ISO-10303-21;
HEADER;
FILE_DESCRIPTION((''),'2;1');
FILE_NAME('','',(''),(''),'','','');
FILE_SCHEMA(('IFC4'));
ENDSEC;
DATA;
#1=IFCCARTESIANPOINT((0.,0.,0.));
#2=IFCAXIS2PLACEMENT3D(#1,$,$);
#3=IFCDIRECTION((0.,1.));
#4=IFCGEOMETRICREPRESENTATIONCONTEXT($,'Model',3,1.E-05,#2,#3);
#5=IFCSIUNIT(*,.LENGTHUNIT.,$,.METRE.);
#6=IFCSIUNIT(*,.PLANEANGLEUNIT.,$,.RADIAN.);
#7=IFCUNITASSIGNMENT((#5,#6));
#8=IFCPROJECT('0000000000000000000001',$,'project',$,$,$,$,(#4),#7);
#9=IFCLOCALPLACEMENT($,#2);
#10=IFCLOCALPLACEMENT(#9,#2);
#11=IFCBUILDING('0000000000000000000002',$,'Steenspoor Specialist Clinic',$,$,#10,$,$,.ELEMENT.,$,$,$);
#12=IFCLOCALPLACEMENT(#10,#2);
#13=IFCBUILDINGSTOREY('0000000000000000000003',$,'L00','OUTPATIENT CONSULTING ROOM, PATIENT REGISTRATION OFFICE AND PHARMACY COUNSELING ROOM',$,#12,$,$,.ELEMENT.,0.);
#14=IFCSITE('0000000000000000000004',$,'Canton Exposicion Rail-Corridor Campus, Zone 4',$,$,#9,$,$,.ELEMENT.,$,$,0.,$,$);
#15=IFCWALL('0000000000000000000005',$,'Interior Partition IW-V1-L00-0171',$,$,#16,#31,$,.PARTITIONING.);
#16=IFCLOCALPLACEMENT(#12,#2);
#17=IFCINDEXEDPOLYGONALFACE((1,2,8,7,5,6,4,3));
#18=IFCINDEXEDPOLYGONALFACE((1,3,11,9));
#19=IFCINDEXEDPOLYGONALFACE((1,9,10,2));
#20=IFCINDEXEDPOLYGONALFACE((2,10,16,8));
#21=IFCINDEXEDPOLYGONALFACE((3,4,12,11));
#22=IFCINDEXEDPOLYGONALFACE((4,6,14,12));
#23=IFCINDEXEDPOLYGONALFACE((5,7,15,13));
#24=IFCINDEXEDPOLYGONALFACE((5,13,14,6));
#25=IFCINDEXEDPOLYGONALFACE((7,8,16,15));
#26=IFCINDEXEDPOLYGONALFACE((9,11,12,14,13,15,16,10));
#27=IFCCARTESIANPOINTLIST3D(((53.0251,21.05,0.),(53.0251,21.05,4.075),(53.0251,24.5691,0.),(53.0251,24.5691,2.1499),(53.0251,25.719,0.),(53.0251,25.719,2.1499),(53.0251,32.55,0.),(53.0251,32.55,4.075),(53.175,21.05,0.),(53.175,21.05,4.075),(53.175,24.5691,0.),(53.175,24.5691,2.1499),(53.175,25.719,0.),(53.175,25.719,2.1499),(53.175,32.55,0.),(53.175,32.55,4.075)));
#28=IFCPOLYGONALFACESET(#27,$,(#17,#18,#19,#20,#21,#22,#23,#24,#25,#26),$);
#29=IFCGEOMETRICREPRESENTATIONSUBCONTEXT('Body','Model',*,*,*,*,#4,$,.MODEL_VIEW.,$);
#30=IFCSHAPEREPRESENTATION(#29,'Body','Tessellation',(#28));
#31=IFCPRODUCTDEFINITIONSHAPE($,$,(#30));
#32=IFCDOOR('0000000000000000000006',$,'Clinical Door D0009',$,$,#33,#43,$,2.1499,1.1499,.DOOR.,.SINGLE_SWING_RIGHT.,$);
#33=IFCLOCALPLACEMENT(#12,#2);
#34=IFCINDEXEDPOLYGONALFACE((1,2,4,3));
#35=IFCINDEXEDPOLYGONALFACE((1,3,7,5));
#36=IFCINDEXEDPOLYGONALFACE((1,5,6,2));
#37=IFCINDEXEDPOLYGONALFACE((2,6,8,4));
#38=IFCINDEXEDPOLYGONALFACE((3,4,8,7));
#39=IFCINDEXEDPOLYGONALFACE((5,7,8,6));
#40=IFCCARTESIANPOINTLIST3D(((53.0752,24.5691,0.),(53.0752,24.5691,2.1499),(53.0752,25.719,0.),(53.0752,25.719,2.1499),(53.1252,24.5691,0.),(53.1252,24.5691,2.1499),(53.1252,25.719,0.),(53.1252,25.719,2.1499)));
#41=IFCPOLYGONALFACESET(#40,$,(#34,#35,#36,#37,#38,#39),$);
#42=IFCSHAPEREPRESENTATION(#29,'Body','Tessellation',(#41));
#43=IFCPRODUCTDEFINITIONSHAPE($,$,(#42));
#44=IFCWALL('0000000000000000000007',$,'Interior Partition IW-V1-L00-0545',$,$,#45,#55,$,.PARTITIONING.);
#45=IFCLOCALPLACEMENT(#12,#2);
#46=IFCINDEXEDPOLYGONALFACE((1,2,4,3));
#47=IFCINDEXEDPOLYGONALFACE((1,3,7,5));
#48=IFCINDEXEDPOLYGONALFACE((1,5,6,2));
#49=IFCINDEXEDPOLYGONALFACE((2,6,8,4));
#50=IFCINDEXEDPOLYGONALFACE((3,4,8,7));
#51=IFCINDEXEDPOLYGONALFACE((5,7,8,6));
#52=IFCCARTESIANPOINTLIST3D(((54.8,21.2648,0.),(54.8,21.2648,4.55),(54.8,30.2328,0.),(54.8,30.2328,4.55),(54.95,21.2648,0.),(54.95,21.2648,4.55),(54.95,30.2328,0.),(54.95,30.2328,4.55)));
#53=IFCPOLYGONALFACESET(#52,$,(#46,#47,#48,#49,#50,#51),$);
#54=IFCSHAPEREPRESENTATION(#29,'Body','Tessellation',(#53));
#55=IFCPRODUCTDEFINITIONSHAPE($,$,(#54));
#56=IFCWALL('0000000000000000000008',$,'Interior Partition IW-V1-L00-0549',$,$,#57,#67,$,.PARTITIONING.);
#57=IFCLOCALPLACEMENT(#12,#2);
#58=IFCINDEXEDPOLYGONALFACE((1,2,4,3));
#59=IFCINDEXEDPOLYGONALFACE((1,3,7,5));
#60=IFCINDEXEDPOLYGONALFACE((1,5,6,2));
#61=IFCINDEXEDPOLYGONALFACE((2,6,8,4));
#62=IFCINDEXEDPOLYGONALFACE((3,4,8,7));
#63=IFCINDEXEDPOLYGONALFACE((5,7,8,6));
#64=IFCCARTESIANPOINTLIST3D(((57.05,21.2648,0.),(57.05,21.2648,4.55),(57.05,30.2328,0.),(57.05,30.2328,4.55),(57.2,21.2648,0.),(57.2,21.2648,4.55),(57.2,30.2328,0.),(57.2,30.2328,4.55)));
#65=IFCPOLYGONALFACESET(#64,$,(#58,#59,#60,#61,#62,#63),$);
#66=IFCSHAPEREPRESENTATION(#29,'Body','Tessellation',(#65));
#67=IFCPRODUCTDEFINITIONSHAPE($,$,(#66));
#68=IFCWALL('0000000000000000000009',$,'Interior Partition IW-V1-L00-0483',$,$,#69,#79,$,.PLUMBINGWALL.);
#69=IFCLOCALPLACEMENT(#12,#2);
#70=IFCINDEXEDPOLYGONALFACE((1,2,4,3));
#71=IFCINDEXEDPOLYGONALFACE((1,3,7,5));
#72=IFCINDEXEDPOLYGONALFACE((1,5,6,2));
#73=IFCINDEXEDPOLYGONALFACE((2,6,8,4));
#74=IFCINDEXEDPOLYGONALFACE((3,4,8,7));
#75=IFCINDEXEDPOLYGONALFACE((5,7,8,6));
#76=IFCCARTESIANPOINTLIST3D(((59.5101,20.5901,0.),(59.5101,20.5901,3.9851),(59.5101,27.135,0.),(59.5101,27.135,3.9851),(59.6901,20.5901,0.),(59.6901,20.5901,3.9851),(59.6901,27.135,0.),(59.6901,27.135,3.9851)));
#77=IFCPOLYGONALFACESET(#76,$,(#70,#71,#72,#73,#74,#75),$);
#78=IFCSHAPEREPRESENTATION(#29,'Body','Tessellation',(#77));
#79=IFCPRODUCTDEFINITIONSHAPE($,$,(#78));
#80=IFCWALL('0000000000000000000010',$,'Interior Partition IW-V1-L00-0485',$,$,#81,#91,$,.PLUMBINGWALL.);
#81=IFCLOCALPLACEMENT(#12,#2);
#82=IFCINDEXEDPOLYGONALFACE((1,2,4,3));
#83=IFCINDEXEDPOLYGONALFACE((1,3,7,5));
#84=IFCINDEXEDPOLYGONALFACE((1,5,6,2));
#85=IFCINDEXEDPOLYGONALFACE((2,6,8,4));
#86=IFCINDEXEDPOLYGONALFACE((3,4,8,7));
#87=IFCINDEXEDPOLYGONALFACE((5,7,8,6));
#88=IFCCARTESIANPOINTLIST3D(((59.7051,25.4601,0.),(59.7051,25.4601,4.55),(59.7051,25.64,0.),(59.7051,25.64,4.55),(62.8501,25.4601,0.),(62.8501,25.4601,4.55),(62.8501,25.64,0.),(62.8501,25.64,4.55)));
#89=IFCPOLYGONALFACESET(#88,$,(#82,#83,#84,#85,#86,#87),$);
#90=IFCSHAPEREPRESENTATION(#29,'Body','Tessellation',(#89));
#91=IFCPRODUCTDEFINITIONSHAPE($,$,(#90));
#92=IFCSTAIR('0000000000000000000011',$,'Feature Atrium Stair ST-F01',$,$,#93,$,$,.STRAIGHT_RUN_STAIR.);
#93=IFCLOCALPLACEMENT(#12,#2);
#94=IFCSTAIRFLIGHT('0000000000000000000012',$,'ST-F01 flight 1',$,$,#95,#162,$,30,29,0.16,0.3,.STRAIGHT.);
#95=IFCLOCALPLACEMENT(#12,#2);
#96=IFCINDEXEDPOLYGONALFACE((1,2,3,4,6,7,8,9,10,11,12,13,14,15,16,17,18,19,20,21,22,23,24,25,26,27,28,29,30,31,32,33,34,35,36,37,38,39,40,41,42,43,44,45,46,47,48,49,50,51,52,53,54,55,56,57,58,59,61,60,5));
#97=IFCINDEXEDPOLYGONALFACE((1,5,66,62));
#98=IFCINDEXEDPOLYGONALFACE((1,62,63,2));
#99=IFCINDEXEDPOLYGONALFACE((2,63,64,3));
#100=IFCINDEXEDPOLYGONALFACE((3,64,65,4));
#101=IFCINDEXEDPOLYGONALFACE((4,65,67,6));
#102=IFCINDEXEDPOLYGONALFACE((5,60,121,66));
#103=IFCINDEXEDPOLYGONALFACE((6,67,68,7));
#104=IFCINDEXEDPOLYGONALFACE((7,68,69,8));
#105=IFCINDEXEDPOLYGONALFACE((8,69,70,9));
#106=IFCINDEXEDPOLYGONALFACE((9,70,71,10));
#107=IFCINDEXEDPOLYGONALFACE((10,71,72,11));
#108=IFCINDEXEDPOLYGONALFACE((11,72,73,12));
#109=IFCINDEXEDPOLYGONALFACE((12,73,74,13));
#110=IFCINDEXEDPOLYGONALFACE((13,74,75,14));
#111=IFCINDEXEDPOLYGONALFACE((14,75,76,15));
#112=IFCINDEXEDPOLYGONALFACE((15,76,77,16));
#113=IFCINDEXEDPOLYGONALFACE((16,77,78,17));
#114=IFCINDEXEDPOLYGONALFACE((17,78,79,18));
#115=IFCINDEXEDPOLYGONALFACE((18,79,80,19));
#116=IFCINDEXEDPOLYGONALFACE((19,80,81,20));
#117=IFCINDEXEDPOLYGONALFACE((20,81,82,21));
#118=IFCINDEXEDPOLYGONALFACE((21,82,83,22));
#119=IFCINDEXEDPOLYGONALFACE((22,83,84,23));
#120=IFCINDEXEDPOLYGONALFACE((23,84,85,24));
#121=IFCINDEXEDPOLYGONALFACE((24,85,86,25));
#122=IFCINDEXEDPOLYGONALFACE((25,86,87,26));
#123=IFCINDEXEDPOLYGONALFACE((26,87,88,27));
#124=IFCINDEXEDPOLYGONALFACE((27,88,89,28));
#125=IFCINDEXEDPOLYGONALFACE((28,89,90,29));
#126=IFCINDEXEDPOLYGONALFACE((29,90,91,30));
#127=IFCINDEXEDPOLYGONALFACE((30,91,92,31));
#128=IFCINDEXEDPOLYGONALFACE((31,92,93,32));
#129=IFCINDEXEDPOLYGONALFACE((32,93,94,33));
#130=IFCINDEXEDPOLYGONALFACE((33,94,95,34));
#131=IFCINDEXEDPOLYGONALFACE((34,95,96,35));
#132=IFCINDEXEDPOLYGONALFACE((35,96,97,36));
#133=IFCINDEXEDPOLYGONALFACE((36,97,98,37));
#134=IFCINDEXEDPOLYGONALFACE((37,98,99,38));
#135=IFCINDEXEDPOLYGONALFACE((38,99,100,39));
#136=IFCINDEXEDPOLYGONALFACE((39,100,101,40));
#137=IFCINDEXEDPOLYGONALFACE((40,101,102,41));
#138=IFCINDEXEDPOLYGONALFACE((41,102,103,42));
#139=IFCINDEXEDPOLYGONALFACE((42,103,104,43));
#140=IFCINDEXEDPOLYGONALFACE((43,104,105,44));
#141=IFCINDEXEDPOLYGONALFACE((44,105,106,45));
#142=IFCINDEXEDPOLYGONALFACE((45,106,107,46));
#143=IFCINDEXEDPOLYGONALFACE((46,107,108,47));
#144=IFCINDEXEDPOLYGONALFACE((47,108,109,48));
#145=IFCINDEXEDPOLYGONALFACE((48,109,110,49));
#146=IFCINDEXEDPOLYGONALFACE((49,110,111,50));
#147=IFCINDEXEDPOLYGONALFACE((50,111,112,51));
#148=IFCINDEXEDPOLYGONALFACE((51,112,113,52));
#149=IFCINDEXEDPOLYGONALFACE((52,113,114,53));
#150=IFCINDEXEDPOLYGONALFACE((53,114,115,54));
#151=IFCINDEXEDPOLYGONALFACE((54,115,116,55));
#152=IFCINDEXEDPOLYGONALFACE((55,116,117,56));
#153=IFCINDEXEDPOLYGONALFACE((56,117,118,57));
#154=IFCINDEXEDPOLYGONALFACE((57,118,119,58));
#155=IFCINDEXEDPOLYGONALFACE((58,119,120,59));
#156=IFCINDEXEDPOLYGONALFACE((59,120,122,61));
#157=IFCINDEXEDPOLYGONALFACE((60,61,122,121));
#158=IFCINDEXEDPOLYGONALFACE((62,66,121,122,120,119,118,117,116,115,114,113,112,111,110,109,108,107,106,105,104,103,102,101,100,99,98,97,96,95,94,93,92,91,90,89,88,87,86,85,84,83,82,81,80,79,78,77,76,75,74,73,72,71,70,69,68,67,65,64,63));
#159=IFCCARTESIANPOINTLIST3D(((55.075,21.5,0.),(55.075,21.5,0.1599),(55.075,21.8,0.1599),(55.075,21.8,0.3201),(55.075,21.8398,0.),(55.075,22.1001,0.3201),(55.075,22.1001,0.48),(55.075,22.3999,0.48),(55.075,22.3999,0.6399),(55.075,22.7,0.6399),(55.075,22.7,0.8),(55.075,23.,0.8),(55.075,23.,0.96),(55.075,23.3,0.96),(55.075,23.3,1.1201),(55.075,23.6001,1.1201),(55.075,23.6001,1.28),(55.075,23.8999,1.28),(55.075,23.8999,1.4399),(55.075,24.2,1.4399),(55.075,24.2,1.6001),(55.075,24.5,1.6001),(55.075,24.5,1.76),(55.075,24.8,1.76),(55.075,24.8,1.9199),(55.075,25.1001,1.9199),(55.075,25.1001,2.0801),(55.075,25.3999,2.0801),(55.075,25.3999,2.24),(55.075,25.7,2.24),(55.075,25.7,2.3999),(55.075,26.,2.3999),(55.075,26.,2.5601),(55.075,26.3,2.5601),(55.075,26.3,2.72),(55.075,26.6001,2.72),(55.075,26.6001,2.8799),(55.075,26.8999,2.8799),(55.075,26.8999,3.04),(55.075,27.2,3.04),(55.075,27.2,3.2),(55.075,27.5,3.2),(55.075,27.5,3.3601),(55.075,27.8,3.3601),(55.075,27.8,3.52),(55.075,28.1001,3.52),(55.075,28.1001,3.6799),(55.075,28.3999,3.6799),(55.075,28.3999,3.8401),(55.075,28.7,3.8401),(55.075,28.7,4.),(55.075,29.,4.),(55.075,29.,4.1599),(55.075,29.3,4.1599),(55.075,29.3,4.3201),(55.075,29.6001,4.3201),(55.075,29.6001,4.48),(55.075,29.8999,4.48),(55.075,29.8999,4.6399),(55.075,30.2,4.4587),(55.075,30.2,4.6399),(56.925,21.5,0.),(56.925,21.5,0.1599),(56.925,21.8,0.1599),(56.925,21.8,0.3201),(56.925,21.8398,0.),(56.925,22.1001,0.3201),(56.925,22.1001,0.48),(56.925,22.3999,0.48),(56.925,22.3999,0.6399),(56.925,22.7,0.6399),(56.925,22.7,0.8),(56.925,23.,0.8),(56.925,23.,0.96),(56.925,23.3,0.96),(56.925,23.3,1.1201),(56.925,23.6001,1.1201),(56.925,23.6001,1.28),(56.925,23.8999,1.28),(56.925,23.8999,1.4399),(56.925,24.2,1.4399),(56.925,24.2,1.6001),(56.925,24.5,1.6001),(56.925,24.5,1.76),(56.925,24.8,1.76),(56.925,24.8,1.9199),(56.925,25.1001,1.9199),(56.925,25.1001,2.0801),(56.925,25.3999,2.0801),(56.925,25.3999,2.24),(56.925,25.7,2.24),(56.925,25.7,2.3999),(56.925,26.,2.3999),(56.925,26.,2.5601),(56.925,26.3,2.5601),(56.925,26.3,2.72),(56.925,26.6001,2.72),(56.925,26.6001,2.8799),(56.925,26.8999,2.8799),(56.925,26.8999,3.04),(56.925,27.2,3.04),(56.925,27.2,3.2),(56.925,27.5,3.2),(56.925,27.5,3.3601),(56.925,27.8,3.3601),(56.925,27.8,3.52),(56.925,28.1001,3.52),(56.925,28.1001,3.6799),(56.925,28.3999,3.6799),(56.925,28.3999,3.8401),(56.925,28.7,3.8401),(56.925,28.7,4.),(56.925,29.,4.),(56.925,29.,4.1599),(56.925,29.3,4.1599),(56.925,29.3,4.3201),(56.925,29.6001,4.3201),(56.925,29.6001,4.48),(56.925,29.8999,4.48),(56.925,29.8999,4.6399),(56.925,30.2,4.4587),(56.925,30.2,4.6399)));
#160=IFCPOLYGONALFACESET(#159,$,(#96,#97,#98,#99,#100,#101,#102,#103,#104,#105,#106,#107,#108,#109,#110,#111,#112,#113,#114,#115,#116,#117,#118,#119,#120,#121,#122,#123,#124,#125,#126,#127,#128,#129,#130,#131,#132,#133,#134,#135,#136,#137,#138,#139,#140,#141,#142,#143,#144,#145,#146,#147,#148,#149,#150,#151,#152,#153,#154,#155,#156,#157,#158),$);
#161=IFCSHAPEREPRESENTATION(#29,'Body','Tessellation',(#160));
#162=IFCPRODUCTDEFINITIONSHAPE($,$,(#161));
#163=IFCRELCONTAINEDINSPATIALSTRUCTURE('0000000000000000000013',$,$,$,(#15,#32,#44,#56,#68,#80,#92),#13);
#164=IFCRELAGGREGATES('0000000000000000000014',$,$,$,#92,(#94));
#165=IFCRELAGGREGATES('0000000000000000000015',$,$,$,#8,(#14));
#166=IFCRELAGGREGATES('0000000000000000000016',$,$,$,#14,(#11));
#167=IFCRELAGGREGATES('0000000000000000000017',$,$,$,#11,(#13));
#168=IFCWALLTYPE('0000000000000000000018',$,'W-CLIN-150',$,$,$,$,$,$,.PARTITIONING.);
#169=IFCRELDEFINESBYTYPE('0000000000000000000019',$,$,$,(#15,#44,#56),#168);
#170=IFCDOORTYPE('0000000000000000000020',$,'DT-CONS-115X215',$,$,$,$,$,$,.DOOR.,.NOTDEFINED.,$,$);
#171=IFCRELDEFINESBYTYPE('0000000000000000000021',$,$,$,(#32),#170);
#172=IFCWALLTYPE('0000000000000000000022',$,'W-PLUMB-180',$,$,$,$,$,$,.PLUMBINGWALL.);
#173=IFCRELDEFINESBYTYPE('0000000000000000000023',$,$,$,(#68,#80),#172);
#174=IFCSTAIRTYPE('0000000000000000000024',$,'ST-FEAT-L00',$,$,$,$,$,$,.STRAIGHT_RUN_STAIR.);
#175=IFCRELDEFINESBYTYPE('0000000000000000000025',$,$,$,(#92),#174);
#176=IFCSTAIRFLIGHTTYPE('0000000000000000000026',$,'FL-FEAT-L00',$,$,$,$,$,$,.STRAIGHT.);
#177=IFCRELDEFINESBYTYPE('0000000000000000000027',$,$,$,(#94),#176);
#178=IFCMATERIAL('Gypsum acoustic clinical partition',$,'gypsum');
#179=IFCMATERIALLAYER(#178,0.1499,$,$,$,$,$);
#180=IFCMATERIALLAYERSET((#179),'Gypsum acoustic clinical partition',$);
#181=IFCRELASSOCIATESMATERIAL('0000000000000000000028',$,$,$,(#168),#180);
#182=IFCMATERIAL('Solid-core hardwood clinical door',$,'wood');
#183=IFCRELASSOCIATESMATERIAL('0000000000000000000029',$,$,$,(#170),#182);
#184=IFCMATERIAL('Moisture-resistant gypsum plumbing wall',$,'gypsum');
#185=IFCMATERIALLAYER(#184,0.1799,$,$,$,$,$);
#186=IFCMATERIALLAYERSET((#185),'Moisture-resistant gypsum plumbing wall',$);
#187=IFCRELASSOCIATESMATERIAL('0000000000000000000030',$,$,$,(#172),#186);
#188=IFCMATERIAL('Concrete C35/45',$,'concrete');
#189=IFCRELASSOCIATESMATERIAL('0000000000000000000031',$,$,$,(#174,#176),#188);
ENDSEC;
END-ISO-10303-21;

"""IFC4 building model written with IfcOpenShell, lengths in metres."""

from ifc_helpers import new_model, si_unit, direction, frame, frame_2d, origin, place, context, subcontext, project, spatial, polyline, rectangle, outline, extrude, material, layer, layer_set, type_object, element, fill, aggregate, save


model = new_model("IFC4")

# Units and contexts
model_context = context("Model", 3, precision=1e-05, world=origin(), true_north=direction((0.0, 1.0)))
body_context = subcontext(model_context, "Body", "Model", "MODEL_VIEW")
ifc_project = project(units=[si_unit("LENGTHUNIT", "METRE"), si_unit("PLANEANGLEUNIT", "RADIAN")], contexts=[model_context])

# Site, building, storey
site_placement = place(None, origin())
site = spatial("IfcSite", under=ifc_project, at=site_placement, Name="Canton Exposicion Rail-Corridor Campus, Zone 4", CompositionType="ELEMENT", RefElevation=0.0)
building_placement = place(site_placement, origin())
building = spatial("IfcBuilding", under=site, at=building_placement, Name="Steenspoor Specialist Clinic", CompositionType="ELEMENT")
storey_placement = place(building_placement, origin())
storey = spatial("IfcBuildingStorey", under=building, at=storey_placement, Name="L00", Description="OUTPATIENT CONSULTING ROOM, PATIENT REGISTRATION OFFICE AND PHARMACY COUNSELING ROOM", CompositionType="ELEMENT", Elevation=0.0)

# Shared definitions
ifc_material_1 = material(Name="Concrete C35/45", Category="concrete")

# Shared definitions
ifc_material_2 = material(Name="Gypsum acoustic clinical partition", Category="gypsum")
ifc_layer_1 = layer(ifc_material_2, 0.1499)
ifc_layer_set_1 = layer_set([ifc_layer_1], Name="Gypsum acoustic clinical partition")
wall_type_1 = type_object("IfcWallType", Name="W-CLIN-150", PredefinedType="PARTITIONING", material=ifc_layer_set_1)

# Wall, opening, door
wall_1_placement = place(storey_placement, frame((53.1001, 21.05, 0.0), z_axis=(0.0, 0.0, 1.0), x_axis=(0.0, 1.0, 0.0)))
wall_1 = element("IfcWall", 1, at=wall_1_placement, inside=storey, type_object=wall_type_1, Name="Interior Partition IW-V1-L00-0171", PredefinedType="PARTITIONING", context=body_context, shape_type="SweptSolid", body=[
    extrude(rectangle(XDim=11.5, YDim=0.1499, at=frame_2d((5.75, 0.0))), origin(), (0.0, 0.0, 1.0), 4.075),
])
opening_1_placement = place(wall_1_placement, frame((3.519, 0.0, 0.0)))
opening_1 = element("IfcOpeningElement", 2, at=opening_1_placement, cuts=wall_1, PredefinedType="OPENING", context=body_context, shape_type="SweptSolid", body=[
    extrude(rectangle(XDim=1.1499, YDim=2.1499, at=frame_2d((0.575, 1.075))), frame((0.0, 0.085, 0.0), z_axis=(0.0, -1.0, 0.0), x_axis=(1.0, 0.0, 0.0)), (0.0, 0.0, 1.0), 0.1699),
])
ifc_material_3 = material(Name="Solid-core hardwood clinical door", Category="wood")
door_type_1 = type_object("IfcDoorType", Name="DT-CONS-115X215", OperationType="NOTDEFINED", PredefinedType="DOOR", material=ifc_material_3)
door_1_placement = place(opening_1_placement, origin())
door_1 = element("IfcDoor", 3, at=door_1_placement, inside=storey, type_object=door_type_1, Name="Clinical Door D0009", OperationType="SINGLE_SWING_RIGHT", OverallHeight=2.1499, OverallWidth=1.1499, PredefinedType="DOOR", context=body_context, shape_type="SweptSolid", body=[
    extrude(rectangle(XDim=1.1499, YDim=2.1499, at=frame_2d((0.575, 1.075))), frame((0.0, 0.0249, 0.0), z_axis=(0.0, -1.0, 0.0), x_axis=(1.0, 0.0, 0.0)), (0.0, 0.0, 1.0), 0.05),
])
fill(opening_1, door_1)

# Walls
for number, where, z_axis, x_axis, name in (
    (4, (54.875, 21.2649, 0.0), (0.0, 0.0, 1.0), (0.0, 1.0, 0.0), "Interior Partition IW-V1-L00-0545"),
    (5, (57.125, 21.2649, 0.0), (0.0, 0.0, 1.0), (0.0, 1.0, 0.0), "Interior Partition IW-V1-L00-0549"),
):
    element("IfcWall", number, at=place(storey_placement, frame(where, z_axis=z_axis, x_axis=x_axis)), inside=storey, type_object=wall_type_1, Name=name, PredefinedType="PARTITIONING", context=body_context, shape_type="SweptSolid", body=[
        extrude(rectangle(XDim=8.968, YDim=0.1499, at=frame_2d((4.4839, 0.0))), origin(), (0.0, 0.0, 1.0), 4.55),
    ])
ifc_material_4 = material(Name="Moisture-resistant gypsum plumbing wall", Category="gypsum")
ifc_layer_2 = layer(ifc_material_4, 0.1799)
ifc_layer_set_2 = layer_set([ifc_layer_2], Name="Moisture-resistant gypsum plumbing wall")
wall_type_2 = type_object("IfcWallType", Name="W-PLUMB-180", PredefinedType="PLUMBINGWALL", material=ifc_layer_set_2)
wall_2_placement = place(storey_placement, frame((59.6001, 20.5901, 0.0), z_axis=(0.0, 0.0, 1.0), x_axis=(0.0, 1.0, 0.0)))
element("IfcWall", 6, at=wall_2_placement, inside=storey, type_object=wall_type_2, Name="Interior Partition IW-V1-L00-0483", PredefinedType="PLUMBINGWALL", context=body_context, shape_type="SweptSolid", body=[
    extrude(rectangle(XDim=6.5449, YDim=0.1799, at=frame_2d((3.2725, 0.0))), origin(), (0.0, 0.0, 1.0), 3.9851),
])
wall_3_placement = place(storey_placement, frame((59.7051, 25.55, 0.0), z_axis=(0.0, 0.0, 1.0), x_axis=(1.0, 0.0, 0.0)))
element("IfcWall", 7, at=wall_3_placement, inside=storey, type_object=wall_type_2, Name="Interior Partition IW-V1-L00-0485", PredefinedType="PLUMBINGWALL", context=body_context, shape_type="SweptSolid", body=[
    extrude(rectangle(XDim=3.145, YDim=0.1799, at=frame_2d((1.5725, 0.0))), origin(), (0.0, 0.0, 1.0), 4.55),
])

# Stair, stair flight
stair_type = type_object("IfcStairType", Name="ST-FEAT-L00", PredefinedType="STRAIGHT_RUN_STAIR", material=ifc_material_1)
stair_placement = place(storey_placement, origin())
stair = element("IfcStair", 8, at=stair_placement, inside=storey, type_object=stair_type, Name="Feature Atrium Stair ST-F01", PredefinedType="STRAIGHT_RUN_STAIR")
stair_flight_type = type_object("IfcStairFlightType", Name="FL-FEAT-L00", PredefinedType="STRAIGHT", material=ifc_material_1)
stair_flight_placement = place(storey_placement, frame((56.0, 21.5, 0.0), z_axis=(0.0, 0.0, 1.0), x_axis=(0.0, 1.0, 0.0)))
stair_flight = element("IfcStairFlight", 9, at=stair_flight_placement, type_object=stair_flight_type, Name="ST-F01 flight 1", NumberOfRisers=30, NumberOfTreads=29, PredefinedType="STRAIGHT", RiserHeight=0.16, TreadLength=0.3, context=body_context, shape_type="SweptSolid", body=[
    extrude(outline(polyline([(0.0, 0.0), (0.0, 0.1599), (0.3, 0.1599), (0.3, 0.3201), (0.6001, 0.3201), (0.6001, 0.48), (0.8999, 0.48), (0.8999, 0.6399), (1.2, 0.6399), (1.2, 0.8), (1.5, 0.8), (1.5, 0.96), (1.8, 0.96), (1.8, 1.1201), (2.1001, 1.1201), (2.1001, 1.28), (2.3999, 1.28), (2.3999, 1.4399), (2.7, 1.4399), (2.7, 1.6001), (3.0, 1.6001), (3.0, 1.76), (3.3, 1.76), (3.3, 1.9199), (3.6001, 1.9199), (3.6001, 2.0801), (3.8999, 2.0801), (3.8999, 2.24), (4.2, 2.24), (4.2, 2.3999), (4.5, 2.3999), (4.5, 2.5601), (4.8, 2.5601), (4.8, 2.72), (5.1001, 2.72), (5.1001, 2.8799), (5.3999, 2.8799), (5.3999, 3.04), (5.7, 3.04), (5.7, 3.2), (6.0, 3.2), (6.0, 3.3601), (6.3, 3.3601), (6.3, 3.52), (6.6001, 3.52), (6.6001, 3.6799), (6.8999, 3.6799), (6.8999, 3.8401), (7.2, 3.8401), (7.2, 4.0), (7.5, 4.0), (7.5, 4.1599), (7.8, 4.1599), (7.8, 4.3201), (8.1001, 4.3201), (8.1001, 4.48), (8.3999, 4.48), (8.3999, 4.6399), (8.7, 4.6399), (8.7, 4.8), (8.7, 4.4587), (0.3398, 0.0), (0.0, 0.0)])), frame((0.0, 0.925, 0.0), z_axis=(0.0, -1.0, 0.0), x_axis=(1.0, 0.0, 0.0)), (0.0, 0.0, 1.0), 1.8501),
])
aggregate(stair, [stair_flight])

save(model, "model.ifc")
